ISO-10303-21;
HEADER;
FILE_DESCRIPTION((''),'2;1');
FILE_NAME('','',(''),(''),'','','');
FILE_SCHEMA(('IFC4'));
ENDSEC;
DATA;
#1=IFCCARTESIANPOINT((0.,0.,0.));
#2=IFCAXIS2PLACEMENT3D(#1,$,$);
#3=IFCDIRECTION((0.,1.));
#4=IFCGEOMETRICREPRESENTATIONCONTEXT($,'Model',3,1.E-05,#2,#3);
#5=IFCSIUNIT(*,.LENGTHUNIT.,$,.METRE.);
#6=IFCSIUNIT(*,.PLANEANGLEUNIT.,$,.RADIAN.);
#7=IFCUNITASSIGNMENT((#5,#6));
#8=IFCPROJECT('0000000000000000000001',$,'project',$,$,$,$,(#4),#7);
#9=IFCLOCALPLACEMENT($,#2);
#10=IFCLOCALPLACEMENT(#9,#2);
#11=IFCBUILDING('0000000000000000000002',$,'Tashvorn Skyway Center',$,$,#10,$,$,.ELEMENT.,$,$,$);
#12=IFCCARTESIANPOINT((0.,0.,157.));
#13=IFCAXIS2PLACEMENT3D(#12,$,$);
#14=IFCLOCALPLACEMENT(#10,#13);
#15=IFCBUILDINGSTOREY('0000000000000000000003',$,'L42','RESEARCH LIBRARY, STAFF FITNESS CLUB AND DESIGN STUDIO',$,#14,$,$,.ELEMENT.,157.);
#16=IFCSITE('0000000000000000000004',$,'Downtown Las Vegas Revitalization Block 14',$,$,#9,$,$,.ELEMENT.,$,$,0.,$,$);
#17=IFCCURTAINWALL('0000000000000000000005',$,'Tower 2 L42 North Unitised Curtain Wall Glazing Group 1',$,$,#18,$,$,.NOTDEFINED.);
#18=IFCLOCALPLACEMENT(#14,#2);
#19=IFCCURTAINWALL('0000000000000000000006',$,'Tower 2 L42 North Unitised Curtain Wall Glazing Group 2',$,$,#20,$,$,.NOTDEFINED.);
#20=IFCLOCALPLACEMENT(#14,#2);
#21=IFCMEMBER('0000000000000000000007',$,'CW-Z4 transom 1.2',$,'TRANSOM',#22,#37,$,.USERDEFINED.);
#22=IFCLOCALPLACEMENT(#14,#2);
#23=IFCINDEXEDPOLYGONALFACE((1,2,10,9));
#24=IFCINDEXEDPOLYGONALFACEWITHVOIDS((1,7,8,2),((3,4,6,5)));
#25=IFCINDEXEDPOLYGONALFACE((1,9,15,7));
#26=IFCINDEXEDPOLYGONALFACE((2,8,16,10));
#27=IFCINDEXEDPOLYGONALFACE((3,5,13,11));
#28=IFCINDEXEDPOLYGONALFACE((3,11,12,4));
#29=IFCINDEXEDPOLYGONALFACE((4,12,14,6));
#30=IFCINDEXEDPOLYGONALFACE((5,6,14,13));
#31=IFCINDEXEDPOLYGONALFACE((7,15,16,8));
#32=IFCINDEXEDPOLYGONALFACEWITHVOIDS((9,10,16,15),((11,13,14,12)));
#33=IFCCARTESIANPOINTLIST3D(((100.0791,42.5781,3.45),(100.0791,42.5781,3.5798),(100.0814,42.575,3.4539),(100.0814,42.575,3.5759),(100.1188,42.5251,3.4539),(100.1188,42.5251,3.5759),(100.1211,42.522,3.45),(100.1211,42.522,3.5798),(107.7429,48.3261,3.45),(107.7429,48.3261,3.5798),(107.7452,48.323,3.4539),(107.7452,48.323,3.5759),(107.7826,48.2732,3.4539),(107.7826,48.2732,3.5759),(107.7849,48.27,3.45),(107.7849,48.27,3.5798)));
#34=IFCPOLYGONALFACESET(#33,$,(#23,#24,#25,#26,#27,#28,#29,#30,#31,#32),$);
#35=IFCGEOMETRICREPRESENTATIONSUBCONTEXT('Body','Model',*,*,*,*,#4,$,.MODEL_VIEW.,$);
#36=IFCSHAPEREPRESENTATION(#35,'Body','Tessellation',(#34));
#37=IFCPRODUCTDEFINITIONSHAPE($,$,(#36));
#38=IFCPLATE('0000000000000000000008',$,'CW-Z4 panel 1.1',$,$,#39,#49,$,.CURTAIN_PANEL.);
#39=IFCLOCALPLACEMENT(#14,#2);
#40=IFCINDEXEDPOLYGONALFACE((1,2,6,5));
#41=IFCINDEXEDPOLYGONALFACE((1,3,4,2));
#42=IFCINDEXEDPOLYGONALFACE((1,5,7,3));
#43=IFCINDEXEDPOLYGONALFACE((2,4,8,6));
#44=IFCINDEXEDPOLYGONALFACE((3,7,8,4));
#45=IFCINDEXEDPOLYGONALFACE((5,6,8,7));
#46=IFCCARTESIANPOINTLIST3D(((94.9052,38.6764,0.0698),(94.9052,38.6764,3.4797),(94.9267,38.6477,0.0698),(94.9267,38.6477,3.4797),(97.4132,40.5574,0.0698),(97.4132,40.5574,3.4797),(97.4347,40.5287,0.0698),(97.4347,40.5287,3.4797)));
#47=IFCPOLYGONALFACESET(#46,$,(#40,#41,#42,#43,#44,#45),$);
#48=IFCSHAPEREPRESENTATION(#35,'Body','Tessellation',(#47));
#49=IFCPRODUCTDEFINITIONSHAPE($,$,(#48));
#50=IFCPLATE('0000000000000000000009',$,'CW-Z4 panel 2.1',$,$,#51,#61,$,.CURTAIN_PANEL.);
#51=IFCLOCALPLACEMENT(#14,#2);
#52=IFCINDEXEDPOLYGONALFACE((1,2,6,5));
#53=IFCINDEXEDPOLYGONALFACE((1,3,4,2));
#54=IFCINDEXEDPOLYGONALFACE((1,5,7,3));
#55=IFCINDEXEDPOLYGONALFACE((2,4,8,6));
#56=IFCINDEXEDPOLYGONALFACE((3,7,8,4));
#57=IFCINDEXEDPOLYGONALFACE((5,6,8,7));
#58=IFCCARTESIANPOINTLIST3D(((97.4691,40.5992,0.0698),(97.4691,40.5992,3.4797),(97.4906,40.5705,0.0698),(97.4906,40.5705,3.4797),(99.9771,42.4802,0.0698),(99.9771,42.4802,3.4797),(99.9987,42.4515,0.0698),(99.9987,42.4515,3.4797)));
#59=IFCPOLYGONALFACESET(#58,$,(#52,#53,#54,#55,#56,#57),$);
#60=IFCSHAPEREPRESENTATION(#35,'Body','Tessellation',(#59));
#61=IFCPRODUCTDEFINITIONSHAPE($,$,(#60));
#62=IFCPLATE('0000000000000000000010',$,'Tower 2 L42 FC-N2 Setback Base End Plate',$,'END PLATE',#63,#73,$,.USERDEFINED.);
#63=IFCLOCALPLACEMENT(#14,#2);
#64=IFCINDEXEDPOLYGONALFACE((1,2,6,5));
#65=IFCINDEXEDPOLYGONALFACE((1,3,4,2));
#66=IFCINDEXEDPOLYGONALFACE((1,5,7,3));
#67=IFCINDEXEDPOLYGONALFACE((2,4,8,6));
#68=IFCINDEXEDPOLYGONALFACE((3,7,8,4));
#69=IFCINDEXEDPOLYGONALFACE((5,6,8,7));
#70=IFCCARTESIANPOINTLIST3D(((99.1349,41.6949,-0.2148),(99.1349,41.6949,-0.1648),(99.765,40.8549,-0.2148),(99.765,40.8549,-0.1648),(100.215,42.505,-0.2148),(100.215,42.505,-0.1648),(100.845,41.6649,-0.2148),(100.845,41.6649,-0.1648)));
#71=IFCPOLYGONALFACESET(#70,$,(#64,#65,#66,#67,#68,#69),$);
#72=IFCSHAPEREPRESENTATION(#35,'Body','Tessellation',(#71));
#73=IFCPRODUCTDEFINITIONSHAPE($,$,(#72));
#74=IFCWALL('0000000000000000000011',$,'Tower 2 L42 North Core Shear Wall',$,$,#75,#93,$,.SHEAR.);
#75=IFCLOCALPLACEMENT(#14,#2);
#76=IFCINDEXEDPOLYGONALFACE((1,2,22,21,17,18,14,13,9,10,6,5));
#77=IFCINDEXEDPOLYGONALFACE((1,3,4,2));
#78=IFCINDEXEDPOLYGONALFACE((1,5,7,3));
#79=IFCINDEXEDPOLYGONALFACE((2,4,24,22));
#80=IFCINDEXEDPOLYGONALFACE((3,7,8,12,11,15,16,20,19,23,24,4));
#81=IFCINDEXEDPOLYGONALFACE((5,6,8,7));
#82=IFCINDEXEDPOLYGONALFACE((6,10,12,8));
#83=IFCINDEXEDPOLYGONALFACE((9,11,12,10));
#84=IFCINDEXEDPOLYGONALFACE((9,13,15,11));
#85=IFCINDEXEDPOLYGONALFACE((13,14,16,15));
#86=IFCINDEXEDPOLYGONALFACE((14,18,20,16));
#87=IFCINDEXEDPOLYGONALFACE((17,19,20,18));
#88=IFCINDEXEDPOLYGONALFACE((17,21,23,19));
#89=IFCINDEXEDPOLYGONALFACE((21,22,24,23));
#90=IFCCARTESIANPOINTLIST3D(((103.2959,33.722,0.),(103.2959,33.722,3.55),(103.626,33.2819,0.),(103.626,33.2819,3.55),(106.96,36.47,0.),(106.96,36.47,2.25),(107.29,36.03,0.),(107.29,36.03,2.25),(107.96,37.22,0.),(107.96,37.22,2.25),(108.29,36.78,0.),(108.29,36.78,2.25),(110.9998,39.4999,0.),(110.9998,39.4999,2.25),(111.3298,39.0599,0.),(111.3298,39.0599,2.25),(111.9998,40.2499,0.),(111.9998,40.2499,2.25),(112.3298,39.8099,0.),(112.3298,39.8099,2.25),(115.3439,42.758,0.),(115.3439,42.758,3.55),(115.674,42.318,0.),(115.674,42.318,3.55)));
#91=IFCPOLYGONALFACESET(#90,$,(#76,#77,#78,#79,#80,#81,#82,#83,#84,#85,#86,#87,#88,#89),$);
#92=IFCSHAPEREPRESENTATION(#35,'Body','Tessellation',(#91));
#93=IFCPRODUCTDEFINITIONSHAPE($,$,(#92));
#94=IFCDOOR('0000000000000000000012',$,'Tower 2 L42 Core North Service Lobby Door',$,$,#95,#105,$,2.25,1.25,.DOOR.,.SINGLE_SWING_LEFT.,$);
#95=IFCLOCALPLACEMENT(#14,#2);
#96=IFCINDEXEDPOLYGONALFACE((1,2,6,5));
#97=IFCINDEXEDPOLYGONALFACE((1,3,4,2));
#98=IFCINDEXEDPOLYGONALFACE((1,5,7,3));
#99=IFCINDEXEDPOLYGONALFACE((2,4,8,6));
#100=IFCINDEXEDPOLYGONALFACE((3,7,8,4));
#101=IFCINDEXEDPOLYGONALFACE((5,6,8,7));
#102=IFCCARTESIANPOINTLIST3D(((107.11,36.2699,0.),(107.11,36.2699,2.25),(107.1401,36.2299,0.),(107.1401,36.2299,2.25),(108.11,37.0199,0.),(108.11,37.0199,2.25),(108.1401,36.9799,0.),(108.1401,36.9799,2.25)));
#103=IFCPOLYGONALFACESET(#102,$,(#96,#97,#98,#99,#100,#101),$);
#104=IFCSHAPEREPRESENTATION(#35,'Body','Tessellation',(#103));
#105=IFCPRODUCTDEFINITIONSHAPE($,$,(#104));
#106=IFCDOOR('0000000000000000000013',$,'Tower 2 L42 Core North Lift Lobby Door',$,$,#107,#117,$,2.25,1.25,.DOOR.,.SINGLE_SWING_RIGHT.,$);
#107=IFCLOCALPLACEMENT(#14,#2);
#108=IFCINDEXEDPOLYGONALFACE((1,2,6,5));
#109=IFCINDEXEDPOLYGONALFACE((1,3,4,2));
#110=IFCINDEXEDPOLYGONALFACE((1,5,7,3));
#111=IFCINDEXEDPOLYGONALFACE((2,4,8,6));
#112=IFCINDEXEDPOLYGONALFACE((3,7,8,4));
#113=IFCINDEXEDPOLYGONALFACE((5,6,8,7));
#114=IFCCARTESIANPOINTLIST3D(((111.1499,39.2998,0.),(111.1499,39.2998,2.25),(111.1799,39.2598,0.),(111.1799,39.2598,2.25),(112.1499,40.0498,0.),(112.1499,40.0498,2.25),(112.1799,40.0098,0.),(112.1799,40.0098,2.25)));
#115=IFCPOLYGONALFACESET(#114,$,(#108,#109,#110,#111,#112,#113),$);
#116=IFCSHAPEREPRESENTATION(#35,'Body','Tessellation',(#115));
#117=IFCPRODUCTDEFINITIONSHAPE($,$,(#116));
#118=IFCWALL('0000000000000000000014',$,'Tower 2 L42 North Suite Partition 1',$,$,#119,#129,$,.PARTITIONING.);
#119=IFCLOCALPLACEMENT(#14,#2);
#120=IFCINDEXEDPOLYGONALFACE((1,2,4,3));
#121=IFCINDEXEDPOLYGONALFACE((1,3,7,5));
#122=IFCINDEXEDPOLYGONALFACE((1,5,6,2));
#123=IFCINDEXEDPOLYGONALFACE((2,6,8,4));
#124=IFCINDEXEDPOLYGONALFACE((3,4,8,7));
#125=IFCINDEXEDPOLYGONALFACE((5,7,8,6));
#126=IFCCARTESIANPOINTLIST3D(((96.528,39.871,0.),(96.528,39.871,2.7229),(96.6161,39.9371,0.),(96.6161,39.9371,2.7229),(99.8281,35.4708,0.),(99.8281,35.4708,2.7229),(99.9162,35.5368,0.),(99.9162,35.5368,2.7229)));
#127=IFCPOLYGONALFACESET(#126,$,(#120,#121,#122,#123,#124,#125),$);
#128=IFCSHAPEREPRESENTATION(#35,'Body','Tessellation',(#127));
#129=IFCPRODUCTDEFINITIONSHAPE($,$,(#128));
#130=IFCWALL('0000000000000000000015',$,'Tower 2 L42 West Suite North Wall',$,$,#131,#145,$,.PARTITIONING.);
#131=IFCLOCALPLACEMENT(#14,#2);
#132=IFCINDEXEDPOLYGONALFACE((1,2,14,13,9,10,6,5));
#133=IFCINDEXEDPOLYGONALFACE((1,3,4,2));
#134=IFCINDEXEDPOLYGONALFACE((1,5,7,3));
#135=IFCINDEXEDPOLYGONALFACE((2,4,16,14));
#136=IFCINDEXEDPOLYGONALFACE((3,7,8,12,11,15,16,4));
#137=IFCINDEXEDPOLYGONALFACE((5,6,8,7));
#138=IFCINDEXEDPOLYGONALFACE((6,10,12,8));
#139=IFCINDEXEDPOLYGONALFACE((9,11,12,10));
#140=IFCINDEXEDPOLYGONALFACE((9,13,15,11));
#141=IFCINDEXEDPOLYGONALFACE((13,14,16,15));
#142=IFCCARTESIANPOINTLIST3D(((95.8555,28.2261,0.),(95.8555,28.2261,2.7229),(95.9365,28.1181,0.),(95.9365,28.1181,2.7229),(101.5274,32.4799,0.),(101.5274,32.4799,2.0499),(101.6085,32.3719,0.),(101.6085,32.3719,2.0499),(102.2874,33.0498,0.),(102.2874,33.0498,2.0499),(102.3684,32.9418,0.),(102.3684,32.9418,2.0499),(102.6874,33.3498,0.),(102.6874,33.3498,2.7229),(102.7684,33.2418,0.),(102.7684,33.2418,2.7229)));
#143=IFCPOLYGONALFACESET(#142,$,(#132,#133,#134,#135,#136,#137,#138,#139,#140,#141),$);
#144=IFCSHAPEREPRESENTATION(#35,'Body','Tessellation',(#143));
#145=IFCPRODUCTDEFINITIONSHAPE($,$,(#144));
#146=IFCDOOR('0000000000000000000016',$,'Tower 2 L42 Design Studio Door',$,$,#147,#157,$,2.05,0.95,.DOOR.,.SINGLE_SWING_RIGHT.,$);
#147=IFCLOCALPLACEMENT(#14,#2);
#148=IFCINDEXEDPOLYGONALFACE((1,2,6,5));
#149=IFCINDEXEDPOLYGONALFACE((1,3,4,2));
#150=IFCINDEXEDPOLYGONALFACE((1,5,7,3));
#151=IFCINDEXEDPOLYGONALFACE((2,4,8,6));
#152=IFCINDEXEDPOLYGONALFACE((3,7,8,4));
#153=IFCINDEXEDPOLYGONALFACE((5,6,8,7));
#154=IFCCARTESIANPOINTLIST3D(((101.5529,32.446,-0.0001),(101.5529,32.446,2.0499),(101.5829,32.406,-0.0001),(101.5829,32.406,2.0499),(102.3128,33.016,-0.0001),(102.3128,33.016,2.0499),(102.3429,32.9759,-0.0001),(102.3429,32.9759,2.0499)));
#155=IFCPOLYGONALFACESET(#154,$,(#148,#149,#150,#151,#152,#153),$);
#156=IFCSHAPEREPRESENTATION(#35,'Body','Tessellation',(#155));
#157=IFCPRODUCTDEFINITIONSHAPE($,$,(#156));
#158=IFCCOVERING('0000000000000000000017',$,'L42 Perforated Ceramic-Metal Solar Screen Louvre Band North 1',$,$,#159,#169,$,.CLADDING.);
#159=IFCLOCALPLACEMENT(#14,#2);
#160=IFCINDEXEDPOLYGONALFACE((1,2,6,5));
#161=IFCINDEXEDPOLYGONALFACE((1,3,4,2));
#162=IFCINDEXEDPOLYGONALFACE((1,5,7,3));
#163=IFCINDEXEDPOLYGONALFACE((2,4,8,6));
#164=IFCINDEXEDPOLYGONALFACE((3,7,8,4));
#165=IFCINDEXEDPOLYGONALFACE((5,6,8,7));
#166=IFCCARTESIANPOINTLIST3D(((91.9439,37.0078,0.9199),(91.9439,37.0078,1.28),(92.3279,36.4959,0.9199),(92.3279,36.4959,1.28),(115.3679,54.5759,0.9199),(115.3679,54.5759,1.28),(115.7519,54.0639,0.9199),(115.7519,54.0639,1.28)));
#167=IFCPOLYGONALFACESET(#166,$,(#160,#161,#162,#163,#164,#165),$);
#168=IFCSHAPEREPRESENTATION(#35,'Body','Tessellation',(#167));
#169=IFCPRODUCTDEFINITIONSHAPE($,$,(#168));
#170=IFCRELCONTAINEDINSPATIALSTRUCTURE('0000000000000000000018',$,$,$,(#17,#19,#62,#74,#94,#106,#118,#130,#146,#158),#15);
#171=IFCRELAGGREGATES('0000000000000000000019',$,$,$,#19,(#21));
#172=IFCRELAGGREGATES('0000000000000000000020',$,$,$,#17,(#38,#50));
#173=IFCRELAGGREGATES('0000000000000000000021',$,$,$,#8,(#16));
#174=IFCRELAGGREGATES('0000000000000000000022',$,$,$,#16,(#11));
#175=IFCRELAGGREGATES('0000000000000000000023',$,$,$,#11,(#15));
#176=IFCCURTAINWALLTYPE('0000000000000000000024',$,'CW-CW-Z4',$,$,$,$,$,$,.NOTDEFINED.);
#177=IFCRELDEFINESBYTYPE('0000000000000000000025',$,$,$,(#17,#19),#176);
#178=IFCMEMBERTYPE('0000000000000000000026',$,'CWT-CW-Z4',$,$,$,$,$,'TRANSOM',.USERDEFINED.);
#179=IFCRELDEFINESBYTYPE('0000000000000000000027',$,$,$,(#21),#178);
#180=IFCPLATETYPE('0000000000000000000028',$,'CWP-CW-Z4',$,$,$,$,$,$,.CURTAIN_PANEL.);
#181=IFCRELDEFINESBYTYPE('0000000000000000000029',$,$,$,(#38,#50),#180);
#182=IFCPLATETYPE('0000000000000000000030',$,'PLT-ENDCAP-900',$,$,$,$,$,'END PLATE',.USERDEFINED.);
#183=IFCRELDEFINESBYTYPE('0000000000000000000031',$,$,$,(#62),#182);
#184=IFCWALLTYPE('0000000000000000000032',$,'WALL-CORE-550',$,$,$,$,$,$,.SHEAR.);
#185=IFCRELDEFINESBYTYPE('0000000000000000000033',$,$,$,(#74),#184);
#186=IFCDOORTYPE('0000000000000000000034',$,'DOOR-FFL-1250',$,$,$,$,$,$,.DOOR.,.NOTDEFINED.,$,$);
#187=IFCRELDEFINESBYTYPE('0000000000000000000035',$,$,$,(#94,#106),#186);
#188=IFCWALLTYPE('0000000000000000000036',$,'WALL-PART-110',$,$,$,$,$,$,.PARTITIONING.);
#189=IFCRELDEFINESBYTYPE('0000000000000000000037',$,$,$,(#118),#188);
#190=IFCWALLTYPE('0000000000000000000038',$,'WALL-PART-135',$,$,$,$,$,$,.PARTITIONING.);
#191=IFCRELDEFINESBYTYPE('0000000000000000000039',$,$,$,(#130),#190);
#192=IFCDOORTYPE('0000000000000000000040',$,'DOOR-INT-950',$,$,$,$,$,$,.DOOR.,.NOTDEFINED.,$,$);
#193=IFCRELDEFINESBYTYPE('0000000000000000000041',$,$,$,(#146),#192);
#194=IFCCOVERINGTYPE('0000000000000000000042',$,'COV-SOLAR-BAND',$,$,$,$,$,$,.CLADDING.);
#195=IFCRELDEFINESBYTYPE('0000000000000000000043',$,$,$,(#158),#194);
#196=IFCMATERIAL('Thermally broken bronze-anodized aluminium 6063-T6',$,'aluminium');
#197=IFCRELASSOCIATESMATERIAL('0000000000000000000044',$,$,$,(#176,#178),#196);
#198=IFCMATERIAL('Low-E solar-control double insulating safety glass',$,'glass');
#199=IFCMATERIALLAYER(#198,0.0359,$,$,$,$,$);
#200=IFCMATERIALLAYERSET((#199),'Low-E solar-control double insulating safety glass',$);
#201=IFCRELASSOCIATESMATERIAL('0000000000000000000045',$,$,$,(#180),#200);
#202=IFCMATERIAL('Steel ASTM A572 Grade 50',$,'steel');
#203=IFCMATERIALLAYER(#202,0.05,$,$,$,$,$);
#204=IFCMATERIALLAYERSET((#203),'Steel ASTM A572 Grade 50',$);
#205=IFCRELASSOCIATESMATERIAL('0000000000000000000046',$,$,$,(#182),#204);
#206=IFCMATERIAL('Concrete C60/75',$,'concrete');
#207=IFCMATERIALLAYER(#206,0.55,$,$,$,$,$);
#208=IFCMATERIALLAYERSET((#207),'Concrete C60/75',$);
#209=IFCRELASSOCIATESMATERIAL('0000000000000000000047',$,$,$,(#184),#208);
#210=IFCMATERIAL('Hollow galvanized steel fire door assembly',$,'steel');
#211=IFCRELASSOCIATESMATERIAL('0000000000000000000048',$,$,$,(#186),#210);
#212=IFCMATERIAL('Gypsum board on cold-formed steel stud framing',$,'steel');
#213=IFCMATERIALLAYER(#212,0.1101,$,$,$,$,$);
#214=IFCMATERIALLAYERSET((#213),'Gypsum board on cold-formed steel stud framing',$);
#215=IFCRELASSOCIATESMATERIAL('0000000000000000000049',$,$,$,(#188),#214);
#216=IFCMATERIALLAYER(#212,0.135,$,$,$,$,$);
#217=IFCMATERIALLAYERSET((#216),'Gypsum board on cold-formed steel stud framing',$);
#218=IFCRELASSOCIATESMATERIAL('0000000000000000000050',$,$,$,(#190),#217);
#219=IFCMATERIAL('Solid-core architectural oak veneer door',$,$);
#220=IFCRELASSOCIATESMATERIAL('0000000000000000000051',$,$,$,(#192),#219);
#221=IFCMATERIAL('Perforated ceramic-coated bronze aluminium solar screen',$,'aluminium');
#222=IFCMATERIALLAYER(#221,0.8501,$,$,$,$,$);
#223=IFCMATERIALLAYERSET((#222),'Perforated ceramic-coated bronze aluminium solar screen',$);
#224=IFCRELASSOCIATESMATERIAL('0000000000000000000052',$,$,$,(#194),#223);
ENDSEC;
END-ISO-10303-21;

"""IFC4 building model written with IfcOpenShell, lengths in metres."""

from ifc_helpers import new_model, si_unit, direction, frame, frame_2d, origin, origin_2d, place, context, subcontext, project, spatial, rectangle, hollow_rectangle, extrude, material, layer, layer_set, material_profile, profile_set, type_object, element, fill, aggregate, save


model = new_model("IFC4")

# Units and contexts
model_context = context("Model", 3, precision=1e-05, world=origin(), true_north=direction((0.0, 1.0)))
body_context = subcontext(model_context, "Body", "Model", "MODEL_VIEW")
ifc_project = project(units=[si_unit("LENGTHUNIT", "METRE"), si_unit("PLANEANGLEUNIT", "RADIAN")], contexts=[model_context])

# Site, building, storey
site_placement = place(None, origin())
site = spatial("IfcSite", under=ifc_project, at=site_placement, Name="Downtown Las Vegas Revitalization Block 14", CompositionType="ELEMENT", RefElevation=0.0)
building_placement = place(site_placement, origin())
building = spatial("IfcBuilding", under=site, at=building_placement, Name="Tashvorn Skyway Center", CompositionType="ELEMENT")
storey_placement = place(building_placement, frame((0.0, 0.0, 157.0)))
storey = spatial("IfcBuildingStorey", under=building, at=storey_placement, Name="L42", Description="RESEARCH LIBRARY, STAFF FITNESS CLUB AND DESIGN STUDIO", CompositionType="ELEMENT", Elevation=157.0)

# Shared definitions
ifc_material_1 = material(Name="Steel ASTM A572 Grade 50", Category="steel")

# Curtain wall
ifc_material_2 = material(Name="Thermally broken bronze-anodized aluminium 6063-T6", Category="aluminium")
curtain_wall_type = type_object("IfcCurtainWallType", Name="CW-CW-Z4", PredefinedType="NOTDEFINED", material=ifc_material_2)
curtain_wall_1_placement = place(storey_placement, origin())
curtain_wall_1 = element("IfcCurtainWall", 1, at=curtain_wall_1_placement, inside=storey, type_object=curtain_wall_type, Name="Tower 2 L42 North Unitised Curtain Wall Glazing Group 1", PredefinedType="NOTDEFINED")

# Curtain wall
curtain_wall_2_placement = place(storey_placement, origin())
curtain_wall_2 = element("IfcCurtainWall", 2, at=curtain_wall_2_placement, inside=storey, type_object=curtain_wall_type, Name="Tower 2 L42 North Unitised Curtain Wall Glazing Group 2", PredefinedType="NOTDEFINED")

# Member
ifc_material_profile_1 = material_profile(ifc_material_2, hollow_rectangle(XDim=0.0701, YDim=0.1299, WallThickness=0.0039, at=origin_2d()), Name="ALU-TRAN-70x130")
ifc_profile_set_1 = profile_set([ifc_material_profile_1], Name="Thermally broken bronze-anodized aluminium 6063-T6")
member_type_1 = type_object("IfcMemberType", Name="CWT-CW-Z4", ElementType="TRANSOM", PredefinedType="USERDEFINED", material=ifc_profile_set_1)
member_1_placement = place(storey_placement, frame((100.1001, 42.55, 3.5149), z_axis=(0.799991, 0.600012, 0.0), x_axis=(-0.600012, 0.799991, 0.0)))
member_1 = element("IfcMember", 3, at=member_1_placement, type_object=member_type_1, Name="CW-Z4 transom 1.2", ObjectType="TRANSOM", PredefinedType="USERDEFINED", context=body_context, shape_type="SweptSolid", body=[
    extrude(hollow_rectangle(XDim=0.0701, YDim=0.1299, WallThickness=0.0039, at=origin_2d()), origin(), (0.0, 0.0, 1.0), 9.5798),
])
aggregate(curtain_wall_2, [member_1])

# Plates
ifc_material_3 = material(Name="Low-E solar-control double insulating safety glass", Category="glass")
ifc_layer_1 = layer(ifc_material_3, 0.0359)
ifc_layer_set_1 = layer_set([ifc_layer_1], Name="Low-E solar-control double insulating safety glass")
plate_type_1 = type_object("IfcPlateType", Name="CWP-CW-Z4", PredefinedType="CURTAIN_PANEL", material=ifc_layer_set_1)
plate_1_placement = place(storey_placement, frame((96.1699, 39.6025, 0.0698), z_axis=(0.0, 0.0, 1.0), x_axis=(0.8, 0.6, 0.0)))
plate_1 = element("IfcPlate", 4, at=plate_1_placement, type_object=plate_type_1, Name="CW-Z4 panel 1.1", PredefinedType="CURTAIN_PANEL", context=body_context, shape_type="SweptSolid", body=[
    extrude(rectangle(XDim=3.135, YDim=0.0359, at=origin_2d()), origin(), (0.0, 0.0, 1.0), 3.4099),
])
plate_2_placement = place(storey_placement, frame((98.7339, 41.5254, 0.0698), z_axis=(0.0, 0.0, 1.0), x_axis=(0.8, 0.6, 0.0)))
plate_2 = element("IfcPlate", 5, at=plate_2_placement, type_object=plate_type_1, Name="CW-Z4 panel 2.1", PredefinedType="CURTAIN_PANEL", context=body_context, shape_type="SweptSolid", body=[
    extrude(rectangle(XDim=3.135, YDim=0.0359, at=origin_2d()), origin(), (0.0, 0.0, 1.0), 3.4099),
])
aggregate(curtain_wall_1, [plate_1, plate_2])
ifc_layer_2 = layer(ifc_material_1, 0.05)
ifc_layer_set_2 = layer_set([ifc_layer_2], Name="Steel ASTM A572 Grade 50")
plate_type_2 = type_object("IfcPlateType", Name="PLT-ENDCAP-900", ElementType="END PLATE", PredefinedType="USERDEFINED", material=ifc_layer_set_2)
plate_3_placement = place(storey_placement, frame((99.99, 41.6799, -0.2148), z_axis=(0.0, 0.0, 1.0), x_axis=(0.8, 0.6, 0.0)))
element("IfcPlate", 6, at=plate_3_placement, inside=storey, type_object=plate_type_2, Name="Tower 2 L42 FC-N2 Setback Base End Plate", ObjectType="END PLATE", PredefinedType="USERDEFINED", context=body_context, shape_type="SweptSolid", body=[
    extrude(rectangle(XDim=1.3501, YDim=1.05, at=origin_2d()), origin(), (0.0, 0.0, 1.0), 0.05),
])

# Wall, openings, doors
ifc_material_4 = material(Name="Concrete C60/75", Category="concrete")
ifc_layer_3 = layer(ifc_material_4, 0.55)
ifc_layer_set_3 = layer_set([ifc_layer_3], Name="Concrete C60/75")
wall_type_1 = type_object("IfcWallType", Name="WALL-CORE-550", PredefinedType="SHEAR", material=ifc_layer_set_3)
wall_1_placement = place(storey_placement, frame((103.4609, 33.502, 0.0), z_axis=(0.0, 0.0, 1.0), x_axis=(0.799998, 0.600003, 0.0)))
wall_1 = element("IfcWall", 7, at=wall_1_placement, inside=storey, type_object=wall_type_1, Name="Tower 2 L42 North Core Shear Wall", PredefinedType="SHEAR", context=body_context, shape_type="SweptSolid", body=[
    extrude(rectangle(XDim=15.0601, YDim=0.55, at=frame_2d((7.53, 0.0))), origin(), (0.0, 0.0, 1.0), 3.55),
])
opening_1_placement = place(wall_1_placement, frame((4.5801, 0.0, 0.0)))
opening_1 = element("IfcOpeningElement", 8, at=opening_1_placement, cuts=wall_1, PredefinedType="OPENING", context=body_context, shape_type="SweptSolid", body=[
    extrude(rectangle(XDim=1.25, YDim=2.25, at=frame_2d((0.625, 1.125))), frame((0.0, 0.2849, 0.0), z_axis=(0.0, -1.0, 0.0), x_axis=(1.0, 0.0, 0.0)), (0.0, 0.0, 1.0), 0.5701),
])
opening_2_placement = place(wall_1_placement, frame((9.6299, 0.0, 0.0)))
opening_2 = element("IfcOpeningElement", 9, at=opening_2_placement, cuts=wall_1, PredefinedType="OPENING", context=body_context, shape_type="SweptSolid", body=[
    extrude(rectangle(XDim=1.25, YDim=2.25, at=frame_2d((0.625, 1.125))), frame((0.0, 0.2849, 0.0), z_axis=(0.0, -1.0, 0.0), x_axis=(1.0, 0.0, 0.0)), (0.0, 0.0, 1.0), 0.5701),
])
ifc_material_5 = material(Name="Hollow galvanized steel fire door assembly", Category="steel")
door_type_1 = type_object("IfcDoorType", Name="DOOR-FFL-1250", OperationType="NOTDEFINED", PredefinedType="DOOR", material=ifc_material_5)
door_1_placement = place(opening_1_placement, origin())
door_1 = element("IfcDoor", 10, at=door_1_placement, inside=storey, type_object=door_type_1, Name="Tower 2 L42 Core North Service Lobby Door", OperationType="SINGLE_SWING_LEFT", OverallHeight=2.25, OverallWidth=1.25, PredefinedType="DOOR", context=body_context, shape_type="SweptSolid", body=[
    extrude(rectangle(XDim=1.25, YDim=2.25, at=frame_2d((0.625, 1.125))), frame((0.0, 0.0249, 0.0), z_axis=(0.0, -1.0, 0.0), x_axis=(1.0, 0.0, 0.0)), (0.0, 0.0, 1.0), 0.05),
])
fill(opening_1, door_1)
door_2_placement = place(opening_2_placement, origin())
door_2 = element("IfcDoor", 11, at=door_2_placement, inside=storey, type_object=door_type_1, Name="Tower 2 L42 Core North Lift Lobby Door", OperationType="SINGLE_SWING_RIGHT", OverallHeight=2.25, OverallWidth=1.25, PredefinedType="DOOR", context=body_context, shape_type="SweptSolid", body=[
    extrude(rectangle(XDim=1.25, YDim=2.25, at=frame_2d((0.625, 1.125))), frame((0.0, 0.0249, 0.0), z_axis=(0.0, -1.0, 0.0), x_axis=(1.0, 0.0, 0.0)), (0.0, 0.0, 1.0), 0.05),
])
fill(opening_2, door_2)

# Wall
ifc_material_6 = material(Name="Gypsum board on cold-formed steel stud framing", Category="steel")
ifc_layer_4 = layer(ifc_material_6, 0.1101)
ifc_layer_set_4 = layer_set([ifc_layer_4], Name="Gypsum board on cold-formed steel stud framing")
wall_type_2 = type_object("IfcWallType", Name="WALL-PART-110", PredefinedType="PARTITIONING", material=ifc_layer_set_4)
wall_2_placement = place(storey_placement, frame((99.8721, 35.5039, 0.0), z_axis=(0.0, 0.0, 1.0), x_axis=(-0.599993, 0.800005, 0.0)))
element("IfcWall", 12, at=wall_2_placement, inside=storey, type_object=wall_type_2, Name="Tower 2 L42 North Suite Partition 1", PredefinedType="PARTITIONING", context=body_context, shape_type="SweptSolid", body=[
    extrude(rectangle(XDim=5.5002, YDim=0.1101, at=frame_2d((2.75, 0.0))), origin(), (0.0, 0.0, 1.0), 2.7229),
])

# Wall, opening, door
ifc_layer_5 = layer(ifc_material_6, 0.135)
ifc_layer_set_5 = layer_set([ifc_layer_5], Name="Gypsum board on cold-formed steel stud framing")
wall_type_3 = type_object("IfcWallType", Name="WALL-PART-135", PredefinedType="PARTITIONING", material=ifc_layer_set_5)
wall_3_placement = place(storey_placement, frame((102.728, 33.2959, 0.0), z_axis=(0.0, 0.0, 1.0), x_axis=(-0.800014, -0.599982, 0.0)))
wall_3 = element("IfcWall", 13, at=wall_3_placement, inside=storey, type_object=wall_type_3, Name="Tower 2 L42 West Suite North Wall", PredefinedType="PARTITIONING", context=body_context, shape_type="SweptSolid", body=[
    extrude(rectangle(XDim=8.5398, YDim=0.135, at=frame_2d((4.27, 0.0))), origin(), (0.0, 0.0, 1.0), 2.7229),
])
opening_3_placement = place(wall_3_placement, frame((0.5, 0.0, 0.0)))
opening_3 = element("IfcOpeningElement", 14, at=opening_3_placement, cuts=wall_3, PredefinedType="OPENING", context=body_context, shape_type="SweptSolid", body=[
    extrude(rectangle(XDim=0.95, YDim=2.05, at=frame_2d((0.4751, 1.0249))), frame((0.0, 0.0774, 0.0), z_axis=(0.0, -1.0, 0.0), x_axis=(1.0, 0.0, 0.0)), (0.0, 0.0, 1.0), 0.155),
])
ifc_material_7 = material(Name="Solid-core architectural oak veneer door")
door_type_2 = type_object("IfcDoorType", Name="DOOR-INT-950", OperationType="NOTDEFINED", PredefinedType="DOOR", material=ifc_material_7)
door_3_placement = place(opening_3_placement, origin())
door_3 = element("IfcDoor", 15, at=door_3_placement, inside=storey, type_object=door_type_2, Name="Tower 2 L42 Design Studio Door", OperationType="SINGLE_SWING_RIGHT", OverallHeight=2.05, OverallWidth=0.95, PredefinedType="DOOR", context=body_context, shape_type="SweptSolid", body=[
    extrude(rectangle(XDim=0.95, YDim=2.05, at=frame_2d((0.4751, 1.0249))), frame((0.0, 0.0249, 0.0), z_axis=(0.0, -1.0, 0.0), x_axis=(1.0, 0.0, 0.0)), (0.0, 0.0, 1.0), 0.05),
])
fill(opening_3, door_3)

# Covering
ifc_material_8 = material(Name="Perforated ceramic-coated bronze aluminium solar screen", Category="aluminium")
ifc_layer_6 = layer(ifc_material_8, 0.8501)
ifc_layer_set_6 = layer_set([ifc_layer_6], Name="Perforated ceramic-coated bronze aluminium solar screen")
covering_type = type_object("IfcCoveringType", Name="COV-SOLAR-BAND", PredefinedType="CLADDING", material=ifc_layer_set_6)
for number, where, z_axis, x_axis, name in (
    (16, (103.8479, 45.5359, 0.9199), (0.0, 0.0, 1.0), (0.8, 0.6, 0.0), "L42 Perforated Ceramic-Metal Solar Screen Louvre Band North 1"),
):
    element("IfcCovering", number, at=place(storey_placement, frame(where, z_axis=z_axis, x_axis=x_axis)), inside=storey, type_object=covering_type, Name=name, PredefinedType="CLADDING", context=body_context, shape_type="SweptSolid", body=[
        extrude(rectangle(XDim=29.28, YDim=0.6399, at=origin_2d()), origin(), (0.0, 0.0, 1.0), 0.3601),
    ])

save(model, "model.ifc")
